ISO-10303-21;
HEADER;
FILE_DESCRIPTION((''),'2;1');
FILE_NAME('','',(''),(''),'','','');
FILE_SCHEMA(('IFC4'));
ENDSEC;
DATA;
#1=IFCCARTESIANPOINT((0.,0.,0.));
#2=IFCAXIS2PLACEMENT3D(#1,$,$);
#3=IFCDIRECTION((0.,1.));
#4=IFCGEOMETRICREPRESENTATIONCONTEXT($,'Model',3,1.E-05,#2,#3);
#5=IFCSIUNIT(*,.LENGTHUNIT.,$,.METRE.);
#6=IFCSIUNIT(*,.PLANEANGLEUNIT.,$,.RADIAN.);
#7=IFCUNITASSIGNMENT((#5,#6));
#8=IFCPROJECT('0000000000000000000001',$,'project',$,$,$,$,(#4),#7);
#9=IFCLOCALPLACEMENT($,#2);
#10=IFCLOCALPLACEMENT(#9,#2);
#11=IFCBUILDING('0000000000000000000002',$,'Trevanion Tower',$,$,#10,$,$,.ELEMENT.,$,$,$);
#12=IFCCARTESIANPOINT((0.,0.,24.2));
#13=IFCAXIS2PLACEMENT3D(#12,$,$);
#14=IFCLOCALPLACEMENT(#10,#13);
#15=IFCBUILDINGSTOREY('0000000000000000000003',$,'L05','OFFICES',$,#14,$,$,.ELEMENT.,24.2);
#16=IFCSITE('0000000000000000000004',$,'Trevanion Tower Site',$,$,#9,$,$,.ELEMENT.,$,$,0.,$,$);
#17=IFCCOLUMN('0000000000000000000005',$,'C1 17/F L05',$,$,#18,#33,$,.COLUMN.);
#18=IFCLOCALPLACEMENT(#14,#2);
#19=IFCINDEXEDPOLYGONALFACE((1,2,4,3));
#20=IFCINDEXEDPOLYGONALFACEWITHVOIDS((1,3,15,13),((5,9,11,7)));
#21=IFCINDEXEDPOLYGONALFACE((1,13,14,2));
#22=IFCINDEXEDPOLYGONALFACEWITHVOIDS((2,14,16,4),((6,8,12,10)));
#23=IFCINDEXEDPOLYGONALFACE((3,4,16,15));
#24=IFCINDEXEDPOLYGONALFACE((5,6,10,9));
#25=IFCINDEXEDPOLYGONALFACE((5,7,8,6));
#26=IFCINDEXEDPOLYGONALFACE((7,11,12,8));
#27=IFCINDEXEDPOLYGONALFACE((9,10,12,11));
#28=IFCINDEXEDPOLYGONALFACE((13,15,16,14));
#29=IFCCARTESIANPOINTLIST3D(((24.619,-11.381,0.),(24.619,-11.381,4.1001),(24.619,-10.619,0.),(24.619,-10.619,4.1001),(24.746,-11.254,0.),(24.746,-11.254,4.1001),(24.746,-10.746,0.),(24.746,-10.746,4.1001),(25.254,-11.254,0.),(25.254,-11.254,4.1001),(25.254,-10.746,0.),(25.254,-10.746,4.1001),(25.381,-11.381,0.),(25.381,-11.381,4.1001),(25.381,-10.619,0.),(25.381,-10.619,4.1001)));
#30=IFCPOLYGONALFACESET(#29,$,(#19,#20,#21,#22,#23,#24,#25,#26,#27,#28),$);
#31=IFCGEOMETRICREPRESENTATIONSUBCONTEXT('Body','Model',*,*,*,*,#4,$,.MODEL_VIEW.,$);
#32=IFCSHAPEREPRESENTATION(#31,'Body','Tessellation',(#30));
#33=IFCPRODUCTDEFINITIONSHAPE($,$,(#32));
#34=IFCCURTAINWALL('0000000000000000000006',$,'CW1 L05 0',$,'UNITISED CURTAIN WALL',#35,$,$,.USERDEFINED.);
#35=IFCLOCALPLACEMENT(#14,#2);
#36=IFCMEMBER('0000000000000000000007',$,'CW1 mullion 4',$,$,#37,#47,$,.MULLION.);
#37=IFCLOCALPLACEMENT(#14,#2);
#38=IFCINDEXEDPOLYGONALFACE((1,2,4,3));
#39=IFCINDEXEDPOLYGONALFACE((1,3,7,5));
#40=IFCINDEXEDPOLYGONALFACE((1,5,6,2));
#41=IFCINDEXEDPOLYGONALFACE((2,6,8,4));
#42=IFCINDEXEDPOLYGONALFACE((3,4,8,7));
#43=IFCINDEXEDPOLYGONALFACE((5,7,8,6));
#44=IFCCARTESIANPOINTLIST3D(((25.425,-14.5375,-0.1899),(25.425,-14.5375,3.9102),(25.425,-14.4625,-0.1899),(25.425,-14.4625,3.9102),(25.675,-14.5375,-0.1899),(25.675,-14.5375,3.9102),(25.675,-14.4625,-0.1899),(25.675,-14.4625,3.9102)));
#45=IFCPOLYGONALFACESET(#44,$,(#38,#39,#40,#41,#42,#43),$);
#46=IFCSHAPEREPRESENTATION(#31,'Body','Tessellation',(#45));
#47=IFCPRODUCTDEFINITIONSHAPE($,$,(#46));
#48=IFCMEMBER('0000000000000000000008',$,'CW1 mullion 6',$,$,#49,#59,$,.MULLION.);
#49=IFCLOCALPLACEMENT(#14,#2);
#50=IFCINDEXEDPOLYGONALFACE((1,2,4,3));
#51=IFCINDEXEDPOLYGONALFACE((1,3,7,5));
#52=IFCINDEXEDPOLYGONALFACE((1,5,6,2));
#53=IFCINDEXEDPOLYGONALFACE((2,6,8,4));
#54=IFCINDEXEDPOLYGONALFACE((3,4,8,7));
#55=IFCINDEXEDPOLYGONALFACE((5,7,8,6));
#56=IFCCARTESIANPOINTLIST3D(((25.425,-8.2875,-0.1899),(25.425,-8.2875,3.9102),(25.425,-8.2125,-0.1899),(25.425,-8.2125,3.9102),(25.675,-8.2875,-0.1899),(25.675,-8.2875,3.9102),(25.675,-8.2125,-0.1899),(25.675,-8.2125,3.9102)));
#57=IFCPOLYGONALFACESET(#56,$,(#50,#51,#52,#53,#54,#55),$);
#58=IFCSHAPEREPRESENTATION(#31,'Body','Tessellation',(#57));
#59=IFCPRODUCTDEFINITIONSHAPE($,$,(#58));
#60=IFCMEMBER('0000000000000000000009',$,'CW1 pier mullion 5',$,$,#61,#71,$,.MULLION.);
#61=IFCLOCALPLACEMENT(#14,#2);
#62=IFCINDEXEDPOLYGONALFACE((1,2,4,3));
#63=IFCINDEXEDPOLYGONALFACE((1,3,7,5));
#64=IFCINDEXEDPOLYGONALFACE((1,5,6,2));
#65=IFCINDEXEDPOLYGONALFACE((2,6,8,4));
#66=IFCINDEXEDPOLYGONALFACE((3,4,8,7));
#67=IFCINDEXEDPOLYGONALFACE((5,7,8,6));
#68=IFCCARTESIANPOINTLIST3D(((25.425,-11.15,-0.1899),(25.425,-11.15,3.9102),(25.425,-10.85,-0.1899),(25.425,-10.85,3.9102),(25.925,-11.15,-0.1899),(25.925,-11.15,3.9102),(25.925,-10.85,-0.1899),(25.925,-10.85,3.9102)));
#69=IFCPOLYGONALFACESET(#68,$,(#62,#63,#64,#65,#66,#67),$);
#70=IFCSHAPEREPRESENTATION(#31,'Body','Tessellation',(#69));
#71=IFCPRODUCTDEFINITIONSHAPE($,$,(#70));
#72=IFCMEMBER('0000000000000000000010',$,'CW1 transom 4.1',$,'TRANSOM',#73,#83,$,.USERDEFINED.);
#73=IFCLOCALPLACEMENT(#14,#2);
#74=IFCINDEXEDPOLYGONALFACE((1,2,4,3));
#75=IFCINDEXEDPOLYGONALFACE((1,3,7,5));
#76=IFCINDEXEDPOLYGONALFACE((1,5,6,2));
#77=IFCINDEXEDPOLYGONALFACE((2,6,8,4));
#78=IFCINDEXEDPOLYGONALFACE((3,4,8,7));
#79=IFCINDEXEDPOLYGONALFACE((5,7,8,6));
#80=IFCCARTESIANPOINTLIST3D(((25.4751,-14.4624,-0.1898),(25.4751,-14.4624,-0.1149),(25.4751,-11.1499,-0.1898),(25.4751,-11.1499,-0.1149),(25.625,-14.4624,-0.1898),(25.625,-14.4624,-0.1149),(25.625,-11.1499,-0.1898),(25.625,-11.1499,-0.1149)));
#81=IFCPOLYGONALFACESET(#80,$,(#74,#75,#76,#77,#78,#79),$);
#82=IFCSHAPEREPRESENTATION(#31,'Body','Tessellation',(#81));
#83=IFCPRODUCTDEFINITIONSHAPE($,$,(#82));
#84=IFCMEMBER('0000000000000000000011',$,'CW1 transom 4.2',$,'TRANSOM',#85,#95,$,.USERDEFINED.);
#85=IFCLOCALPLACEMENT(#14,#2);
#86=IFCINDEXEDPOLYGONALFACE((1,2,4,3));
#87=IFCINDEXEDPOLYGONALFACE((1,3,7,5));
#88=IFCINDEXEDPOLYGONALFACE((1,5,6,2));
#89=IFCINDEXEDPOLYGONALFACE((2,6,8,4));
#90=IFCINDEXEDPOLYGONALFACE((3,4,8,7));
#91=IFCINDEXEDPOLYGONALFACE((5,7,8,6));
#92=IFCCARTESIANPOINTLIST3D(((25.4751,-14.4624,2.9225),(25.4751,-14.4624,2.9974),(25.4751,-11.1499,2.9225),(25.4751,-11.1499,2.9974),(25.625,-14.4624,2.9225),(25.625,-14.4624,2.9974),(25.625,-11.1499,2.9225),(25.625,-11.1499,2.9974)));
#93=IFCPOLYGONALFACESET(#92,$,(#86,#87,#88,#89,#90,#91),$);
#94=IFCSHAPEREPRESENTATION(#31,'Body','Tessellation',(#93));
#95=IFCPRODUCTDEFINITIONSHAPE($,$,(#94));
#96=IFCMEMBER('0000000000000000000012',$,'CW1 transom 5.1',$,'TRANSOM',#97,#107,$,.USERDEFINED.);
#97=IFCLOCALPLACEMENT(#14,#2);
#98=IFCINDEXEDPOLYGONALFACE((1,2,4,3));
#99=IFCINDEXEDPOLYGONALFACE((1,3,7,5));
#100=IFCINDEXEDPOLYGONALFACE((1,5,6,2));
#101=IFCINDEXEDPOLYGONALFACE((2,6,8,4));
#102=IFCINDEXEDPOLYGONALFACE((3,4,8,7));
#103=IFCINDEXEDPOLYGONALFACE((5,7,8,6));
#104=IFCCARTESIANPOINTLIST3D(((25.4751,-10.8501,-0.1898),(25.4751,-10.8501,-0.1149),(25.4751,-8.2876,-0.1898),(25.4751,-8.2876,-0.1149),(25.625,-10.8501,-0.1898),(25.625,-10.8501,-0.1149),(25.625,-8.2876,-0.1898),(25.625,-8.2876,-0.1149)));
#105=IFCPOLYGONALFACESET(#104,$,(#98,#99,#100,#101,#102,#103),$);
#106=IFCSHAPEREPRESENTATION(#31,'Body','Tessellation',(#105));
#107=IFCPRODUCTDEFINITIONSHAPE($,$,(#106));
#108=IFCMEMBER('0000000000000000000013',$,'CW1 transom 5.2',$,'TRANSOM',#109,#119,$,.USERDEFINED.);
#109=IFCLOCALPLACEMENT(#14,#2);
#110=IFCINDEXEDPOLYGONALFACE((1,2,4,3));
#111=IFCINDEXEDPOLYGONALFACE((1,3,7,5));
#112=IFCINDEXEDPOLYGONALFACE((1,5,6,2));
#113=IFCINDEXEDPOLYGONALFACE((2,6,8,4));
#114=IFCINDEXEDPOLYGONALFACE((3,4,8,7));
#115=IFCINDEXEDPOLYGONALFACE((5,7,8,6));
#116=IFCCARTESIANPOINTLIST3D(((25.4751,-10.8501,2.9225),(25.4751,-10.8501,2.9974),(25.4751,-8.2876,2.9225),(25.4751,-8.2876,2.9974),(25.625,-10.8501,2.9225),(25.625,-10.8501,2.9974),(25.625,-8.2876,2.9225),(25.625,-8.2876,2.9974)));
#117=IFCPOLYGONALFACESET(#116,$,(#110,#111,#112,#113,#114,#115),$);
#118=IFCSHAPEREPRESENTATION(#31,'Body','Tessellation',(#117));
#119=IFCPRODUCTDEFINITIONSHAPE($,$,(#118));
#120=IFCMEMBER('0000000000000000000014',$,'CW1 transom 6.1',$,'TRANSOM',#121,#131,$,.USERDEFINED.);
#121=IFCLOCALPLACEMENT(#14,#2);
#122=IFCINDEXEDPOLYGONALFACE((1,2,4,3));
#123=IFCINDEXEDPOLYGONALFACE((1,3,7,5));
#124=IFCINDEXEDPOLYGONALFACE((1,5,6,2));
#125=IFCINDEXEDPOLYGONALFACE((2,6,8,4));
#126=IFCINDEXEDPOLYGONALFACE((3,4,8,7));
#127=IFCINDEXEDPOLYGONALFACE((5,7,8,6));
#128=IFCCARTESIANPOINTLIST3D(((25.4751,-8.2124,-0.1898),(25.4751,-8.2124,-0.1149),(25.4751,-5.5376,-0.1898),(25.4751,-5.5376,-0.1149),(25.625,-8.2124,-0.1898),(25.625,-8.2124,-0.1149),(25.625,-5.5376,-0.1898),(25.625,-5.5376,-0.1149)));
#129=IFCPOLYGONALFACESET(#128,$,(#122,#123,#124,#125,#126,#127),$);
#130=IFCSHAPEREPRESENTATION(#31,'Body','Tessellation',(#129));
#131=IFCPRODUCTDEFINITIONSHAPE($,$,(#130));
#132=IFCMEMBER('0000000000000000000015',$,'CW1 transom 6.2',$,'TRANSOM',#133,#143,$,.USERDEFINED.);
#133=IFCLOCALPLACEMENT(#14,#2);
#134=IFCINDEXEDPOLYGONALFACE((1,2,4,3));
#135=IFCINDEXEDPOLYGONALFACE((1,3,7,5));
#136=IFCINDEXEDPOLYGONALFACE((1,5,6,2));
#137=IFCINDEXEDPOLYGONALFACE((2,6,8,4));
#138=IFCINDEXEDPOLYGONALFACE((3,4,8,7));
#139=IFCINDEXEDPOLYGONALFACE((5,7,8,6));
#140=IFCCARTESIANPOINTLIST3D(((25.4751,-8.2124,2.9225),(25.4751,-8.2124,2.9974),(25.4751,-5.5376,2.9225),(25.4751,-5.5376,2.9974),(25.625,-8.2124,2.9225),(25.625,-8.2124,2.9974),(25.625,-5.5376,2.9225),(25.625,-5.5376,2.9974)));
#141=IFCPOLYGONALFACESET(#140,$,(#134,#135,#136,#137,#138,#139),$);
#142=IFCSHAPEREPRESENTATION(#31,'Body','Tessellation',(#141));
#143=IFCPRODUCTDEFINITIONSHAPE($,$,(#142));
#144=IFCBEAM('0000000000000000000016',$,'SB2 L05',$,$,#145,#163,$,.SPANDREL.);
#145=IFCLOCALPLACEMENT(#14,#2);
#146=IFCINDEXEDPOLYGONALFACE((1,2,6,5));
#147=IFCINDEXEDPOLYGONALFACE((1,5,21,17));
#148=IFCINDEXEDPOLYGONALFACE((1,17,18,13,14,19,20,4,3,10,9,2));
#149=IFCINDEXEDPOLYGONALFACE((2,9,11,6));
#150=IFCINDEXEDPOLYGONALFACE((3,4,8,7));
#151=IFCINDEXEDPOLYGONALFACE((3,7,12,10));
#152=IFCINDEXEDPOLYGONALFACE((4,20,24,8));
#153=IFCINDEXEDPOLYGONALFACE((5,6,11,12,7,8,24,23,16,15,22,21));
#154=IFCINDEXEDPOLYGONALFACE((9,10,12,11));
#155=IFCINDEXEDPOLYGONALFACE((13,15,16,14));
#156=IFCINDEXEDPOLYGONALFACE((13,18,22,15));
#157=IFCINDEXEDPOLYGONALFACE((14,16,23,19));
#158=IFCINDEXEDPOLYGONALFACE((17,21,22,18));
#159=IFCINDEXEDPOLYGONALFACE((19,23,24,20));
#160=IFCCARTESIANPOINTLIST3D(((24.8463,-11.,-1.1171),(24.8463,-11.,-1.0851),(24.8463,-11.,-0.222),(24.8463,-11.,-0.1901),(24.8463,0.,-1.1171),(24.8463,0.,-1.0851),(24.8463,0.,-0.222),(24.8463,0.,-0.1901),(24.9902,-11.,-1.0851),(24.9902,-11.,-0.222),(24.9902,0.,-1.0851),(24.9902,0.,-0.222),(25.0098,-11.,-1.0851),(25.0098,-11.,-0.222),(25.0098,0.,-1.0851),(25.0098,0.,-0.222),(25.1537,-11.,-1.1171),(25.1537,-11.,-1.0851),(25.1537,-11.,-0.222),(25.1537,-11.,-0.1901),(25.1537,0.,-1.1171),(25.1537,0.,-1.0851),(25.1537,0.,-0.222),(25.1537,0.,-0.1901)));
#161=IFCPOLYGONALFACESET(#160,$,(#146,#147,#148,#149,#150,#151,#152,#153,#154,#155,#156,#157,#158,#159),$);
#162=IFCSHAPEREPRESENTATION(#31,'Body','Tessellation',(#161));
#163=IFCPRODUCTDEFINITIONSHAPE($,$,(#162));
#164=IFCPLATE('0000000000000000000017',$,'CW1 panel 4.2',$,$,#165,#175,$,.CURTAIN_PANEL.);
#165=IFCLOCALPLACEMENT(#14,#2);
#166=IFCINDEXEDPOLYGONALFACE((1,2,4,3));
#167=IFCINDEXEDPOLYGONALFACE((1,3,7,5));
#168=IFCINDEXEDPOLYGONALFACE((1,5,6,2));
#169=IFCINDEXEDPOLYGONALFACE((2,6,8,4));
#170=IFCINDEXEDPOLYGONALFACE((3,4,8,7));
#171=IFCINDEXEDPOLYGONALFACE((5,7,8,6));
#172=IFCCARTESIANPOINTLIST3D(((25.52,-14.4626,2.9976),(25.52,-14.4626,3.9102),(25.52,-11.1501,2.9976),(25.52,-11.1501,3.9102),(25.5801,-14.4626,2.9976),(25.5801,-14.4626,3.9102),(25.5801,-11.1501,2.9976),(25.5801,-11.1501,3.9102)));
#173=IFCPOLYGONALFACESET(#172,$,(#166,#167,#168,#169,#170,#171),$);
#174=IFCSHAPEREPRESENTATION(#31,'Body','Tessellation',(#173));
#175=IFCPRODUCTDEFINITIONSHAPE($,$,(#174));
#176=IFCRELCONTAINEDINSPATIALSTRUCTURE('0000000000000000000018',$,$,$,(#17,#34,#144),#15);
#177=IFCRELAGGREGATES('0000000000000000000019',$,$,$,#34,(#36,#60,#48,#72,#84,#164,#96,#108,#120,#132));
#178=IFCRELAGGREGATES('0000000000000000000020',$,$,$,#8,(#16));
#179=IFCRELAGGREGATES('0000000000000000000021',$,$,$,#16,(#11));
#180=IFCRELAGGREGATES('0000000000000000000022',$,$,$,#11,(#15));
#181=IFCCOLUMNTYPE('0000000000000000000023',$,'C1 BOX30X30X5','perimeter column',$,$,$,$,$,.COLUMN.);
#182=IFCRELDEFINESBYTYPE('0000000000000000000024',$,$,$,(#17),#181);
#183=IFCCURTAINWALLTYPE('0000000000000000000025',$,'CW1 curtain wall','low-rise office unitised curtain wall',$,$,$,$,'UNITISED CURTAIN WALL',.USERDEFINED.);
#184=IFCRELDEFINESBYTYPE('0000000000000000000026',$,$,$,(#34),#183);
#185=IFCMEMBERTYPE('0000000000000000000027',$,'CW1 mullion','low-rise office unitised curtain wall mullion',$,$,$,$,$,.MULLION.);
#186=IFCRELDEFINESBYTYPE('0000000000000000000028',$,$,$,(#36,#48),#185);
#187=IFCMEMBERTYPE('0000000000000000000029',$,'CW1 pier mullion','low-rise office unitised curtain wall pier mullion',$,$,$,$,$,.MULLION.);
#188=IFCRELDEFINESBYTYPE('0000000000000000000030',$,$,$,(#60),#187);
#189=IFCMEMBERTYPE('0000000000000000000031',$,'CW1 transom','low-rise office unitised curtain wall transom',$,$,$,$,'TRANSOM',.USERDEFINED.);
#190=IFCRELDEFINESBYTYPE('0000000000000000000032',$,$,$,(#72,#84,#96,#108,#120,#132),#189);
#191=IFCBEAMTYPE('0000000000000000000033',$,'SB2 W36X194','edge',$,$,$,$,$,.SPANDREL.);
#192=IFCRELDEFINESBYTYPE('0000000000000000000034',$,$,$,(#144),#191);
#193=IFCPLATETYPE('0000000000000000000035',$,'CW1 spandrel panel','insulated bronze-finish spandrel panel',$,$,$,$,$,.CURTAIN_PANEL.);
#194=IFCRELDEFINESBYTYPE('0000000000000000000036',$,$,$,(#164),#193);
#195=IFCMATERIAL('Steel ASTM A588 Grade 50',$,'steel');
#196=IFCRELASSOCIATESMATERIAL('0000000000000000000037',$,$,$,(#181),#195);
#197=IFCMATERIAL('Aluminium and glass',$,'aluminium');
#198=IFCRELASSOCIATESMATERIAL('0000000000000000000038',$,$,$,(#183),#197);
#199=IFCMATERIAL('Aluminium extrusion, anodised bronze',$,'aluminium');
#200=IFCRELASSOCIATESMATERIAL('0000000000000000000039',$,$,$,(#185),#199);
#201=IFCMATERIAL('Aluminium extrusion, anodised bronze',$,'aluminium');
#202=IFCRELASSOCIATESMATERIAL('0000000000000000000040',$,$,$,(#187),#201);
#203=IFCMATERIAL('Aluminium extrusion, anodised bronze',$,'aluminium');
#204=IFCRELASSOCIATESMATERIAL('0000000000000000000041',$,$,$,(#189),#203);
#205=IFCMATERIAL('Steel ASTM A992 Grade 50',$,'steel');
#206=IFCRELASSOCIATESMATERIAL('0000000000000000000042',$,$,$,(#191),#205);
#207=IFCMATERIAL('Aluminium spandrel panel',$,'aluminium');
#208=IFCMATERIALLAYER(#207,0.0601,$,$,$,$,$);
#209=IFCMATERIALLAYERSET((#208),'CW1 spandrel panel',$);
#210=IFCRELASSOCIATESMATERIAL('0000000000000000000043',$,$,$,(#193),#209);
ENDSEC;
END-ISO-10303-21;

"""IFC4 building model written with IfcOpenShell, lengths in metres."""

from ifc_helpers import new_model, si_unit, direction, frame, origin, origin_2d, place, context, subcontext, project, spatial, rectangle, hollow_rectangle, i_section, extrude, material, layer, layer_set, material_profile, profile_set, type_object, element, aggregate, save


model = new_model("IFC4")

# Units and contexts
model_context = context("Model", 3, precision=1e-05, world=origin(), true_north=direction((0.0, 1.0)))
body_context = subcontext(model_context, "Body", "Model", "MODEL_VIEW")
ifc_project = project(units=[si_unit("LENGTHUNIT", "METRE"), si_unit("PLANEANGLEUNIT", "RADIAN")], contexts=[model_context])

# Site, building, storey
site_placement = place(None, origin())
site = spatial("IfcSite", under=ifc_project, at=site_placement, Name="Trevanion Tower Site", CompositionType="ELEMENT", RefElevation=0.0)
building_placement = place(site_placement, origin())
building = spatial("IfcBuilding", under=site, at=building_placement, Name="Trevanion Tower", CompositionType="ELEMENT")
storey_placement = place(building_placement, frame((0.0, 0.0, 24.2)))
storey = spatial("IfcBuildingStorey", under=building, at=storey_placement, Name="L05", Description="OFFICES", CompositionType="ELEMENT", Elevation=24.2)

# Column
ifc_material_1 = material(Name="Steel ASTM A588 Grade 50", Category="steel")
ifc_material_profile_1 = material_profile(ifc_material_1, hollow_rectangle(XDim=0.762, YDim=0.762, WallThickness=0.127, at=origin_2d()), Name="BOX30X30X5")
ifc_profile_set_1 = profile_set([ifc_material_profile_1], Name="Steel ASTM A588 Grade 50")
column_type = type_object("IfcColumnType", Name="C1 BOX30X30X5", Description="perimeter column", PredefinedType="COLUMN", material=ifc_profile_set_1)
column_placement = place(storey_placement, frame((25.0, -11.0, 0.0), z_axis=(0.0, 0.0, 1.0), x_axis=(0.0, 1.0, 0.0)))
element("IfcColumn", 1, at=column_placement, inside=storey, type_object=column_type, Name="C1 17/F L05", PredefinedType="COLUMN", context=body_context, shape_type="SweptSolid", body=[
    extrude(hollow_rectangle(XDim=0.762, YDim=0.762, WallThickness=0.127, at=origin_2d()), origin(), (0.0, 0.0, 1.0), 4.1001),
])

# Curtain wall, members
ifc_material_2 = material(Name="Aluminium and glass", Category="aluminium")
curtain_wall_type = type_object("IfcCurtainWallType", Name="CW1 curtain wall", Description="low-rise office unitised curtain wall", ElementType="UNITISED CURTAIN WALL", PredefinedType="USERDEFINED", material=ifc_material_2)
curtain_wall_placement = place(storey_placement, origin())
curtain_wall = element("IfcCurtainWall", 2, at=curtain_wall_placement, inside=storey, type_object=curtain_wall_type, Name="CW1 L05 0", ObjectType="UNITISED CURTAIN WALL", PredefinedType="USERDEFINED")
ifc_material_3 = material(Name="Aluminium extrusion, anodised bronze", Category="aluminium")
ifc_material_profile_2 = material_profile(ifc_material_3, rectangle(XDim=0.075, YDim=0.25, at=origin_2d()), Name="CW1 mullion")
ifc_profile_set_2 = profile_set([ifc_material_profile_2], Name="Aluminium extrusion, anodised bronze")
member_type_1 = type_object("IfcMemberType", Name="CW1 mullion", Description="low-rise office unitised curtain wall mullion", PredefinedType="MULLION", material=ifc_profile_set_2)
member_1_placement = place(storey_placement, frame((25.55, -14.5, -0.1899), z_axis=(0.0, 0.0, 1.0), x_axis=(0.0, 1.0, 0.0)))
member_1 = element("IfcMember", 3, at=member_1_placement, type_object=member_type_1, Name="CW1 mullion 4", PredefinedType="MULLION", context=body_context, shape_type="SweptSolid", body=[
    extrude(rectangle(XDim=0.075, YDim=0.25, at=origin_2d()), origin(), (0.0, 0.0, 1.0), 4.1001),
])
member_2_placement = place(storey_placement, frame((25.55, -8.25, -0.1899), z_axis=(0.0, 0.0, 1.0), x_axis=(0.0, 1.0, 0.0)))
member_2 = element("IfcMember", 4, at=member_2_placement, type_object=member_type_1, Name="CW1 mullion 6", PredefinedType="MULLION", context=body_context, shape_type="SweptSolid", body=[
    extrude(rectangle(XDim=0.075, YDim=0.25, at=origin_2d()), origin(), (0.0, 0.0, 1.0), 4.1001),
])
ifc_material_4 = material(Name="Aluminium extrusion, anodised bronze", Category="aluminium")
ifc_material_profile_3 = material_profile(ifc_material_4, rectangle(XDim=0.3, YDim=0.5, at=origin_2d()), Name="CW1 pier mullion")
ifc_profile_set_3 = profile_set([ifc_material_profile_3], Name="Aluminium extrusion, anodised bronze")
member_type_2 = type_object("IfcMemberType", Name="CW1 pier mullion", Description="low-rise office unitised curtain wall pier mullion", PredefinedType="MULLION", material=ifc_profile_set_3)
member_3_placement = place(storey_placement, frame((25.675, -11.0, -0.1899), z_axis=(0.0, 0.0, 1.0), x_axis=(0.0, 1.0, 0.0)))
member_3 = element("IfcMember", 5, at=member_3_placement, type_object=member_type_2, Name="CW1 pier mullion 5", PredefinedType="MULLION", context=body_context, shape_type="SweptSolid", body=[
    extrude(rectangle(XDim=0.3, YDim=0.5, at=origin_2d()), origin(), (0.0, 0.0, 1.0), 4.1001),
])
ifc_material_5 = material(Name="Aluminium extrusion, anodised bronze", Category="aluminium")
ifc_material_profile_4 = material_profile(ifc_material_5, rectangle(XDim=0.1499, YDim=0.075, at=origin_2d()), Name="CW1 transom")
ifc_profile_set_4 = profile_set([ifc_material_profile_4], Name="Aluminium extrusion, anodised bronze")
member_type_3 = type_object("IfcMemberType", Name="CW1 transom", Description="low-rise office unitised curtain wall transom", ElementType="TRANSOM", PredefinedType="USERDEFINED", material=ifc_profile_set_4)
member_4_placement = place(storey_placement, frame((25.55, -14.4624, -0.1523), z_axis=(0.0, 1.0, 0.0), x_axis=(-1.0, 0.0, 0.0)))
member_4 = element("IfcMember", 6, at=member_4_placement, type_object=member_type_3, Name="CW1 transom 4.1", ObjectType="TRANSOM", PredefinedType="USERDEFINED", context=body_context, shape_type="SweptSolid", body=[
    extrude(rectangle(XDim=0.1499, YDim=0.075, at=origin_2d()), origin(), (0.0, 0.0, 1.0), 3.3125),
])
member_5_placement = place(storey_placement, frame((25.55, -14.4624, 2.96), z_axis=(0.0, 1.0, 0.0), x_axis=(-1.0, 0.0, 0.0)))
member_5 = element("IfcMember", 7, at=member_5_placement, type_object=member_type_3, Name="CW1 transom 4.2", ObjectType="TRANSOM", PredefinedType="USERDEFINED", context=body_context, shape_type="SweptSolid", body=[
    extrude(rectangle(XDim=0.1499, YDim=0.075, at=origin_2d()), origin(), (0.0, 0.0, 1.0), 3.3125),
])
member_6_placement = place(storey_placement, frame((25.55, -10.8501, -0.1523), z_axis=(0.0, 1.0, 0.0), x_axis=(-1.0, 0.0, 0.0)))
member_6 = element("IfcMember", 8, at=member_6_placement, type_object=member_type_3, Name="CW1 transom 5.1", ObjectType="TRANSOM", PredefinedType="USERDEFINED", context=body_context, shape_type="SweptSolid", body=[
    extrude(rectangle(XDim=0.1499, YDim=0.075, at=origin_2d()), origin(), (0.0, 0.0, 1.0), 2.5625),
])
member_7_placement = place(storey_placement, frame((25.55, -10.8501, 2.96), z_axis=(0.0, 1.0, 0.0), x_axis=(-1.0, 0.0, 0.0)))
member_7 = element("IfcMember", 9, at=member_7_placement, type_object=member_type_3, Name="CW1 transom 5.2", ObjectType="TRANSOM", PredefinedType="USERDEFINED", context=body_context, shape_type="SweptSolid", body=[
    extrude(rectangle(XDim=0.1499, YDim=0.075, at=origin_2d()), origin(), (0.0, 0.0, 1.0), 2.5625),
])
member_8_placement = place(storey_placement, frame((25.55, -8.2124, -0.1523), z_axis=(0.0, 1.0, 0.0), x_axis=(-1.0, 0.0, 0.0)))
member_8 = element("IfcMember", 10, at=member_8_placement, type_object=member_type_3, Name="CW1 transom 6.1", ObjectType="TRANSOM", PredefinedType="USERDEFINED", context=body_context, shape_type="SweptSolid", body=[
    extrude(rectangle(XDim=0.1499, YDim=0.075, at=origin_2d()), origin(), (0.0, 0.0, 1.0), 2.6748),
])
member_9_placement = place(storey_placement, frame((25.55, -8.2124, 2.96), z_axis=(0.0, 1.0, 0.0), x_axis=(-1.0, 0.0, 0.0)))
member_9 = element("IfcMember", 11, at=member_9_placement, type_object=member_type_3, Name="CW1 transom 6.2", ObjectType="TRANSOM", PredefinedType="USERDEFINED", context=body_context, shape_type="SweptSolid", body=[
    extrude(rectangle(XDim=0.1499, YDim=0.075, at=origin_2d()), origin(), (0.0, 0.0, 1.0), 2.6748),
])

# Beam
ifc_material_6 = material(Name="Steel ASTM A992 Grade 50", Category="steel")
ifc_material_profile_5 = material_profile(ifc_material_6, i_section(OverallWidth=0.3074, OverallDepth=0.927, WebThickness=0.0195, FlangeThickness=0.032, at=origin_2d()), Name="W36X194")
ifc_profile_set_5 = profile_set([ifc_material_profile_5], Name="Steel ASTM A992 Grade 50")
beam_type = type_object("IfcBeamType", Name="SB2 W36X194", Description="edge", PredefinedType="SPANDREL", material=ifc_profile_set_5)
beam_placement = place(storey_placement, frame((25.0, -11.0, -0.6536), z_axis=(0.0, 1.0, 0.0), x_axis=(-1.0, 0.0, 0.0)))
element("IfcBeam", 12, at=beam_placement, inside=storey, type_object=beam_type, Name="SB2 L05", PredefinedType="SPANDREL", context=body_context, shape_type="SweptSolid", body=[
    extrude(i_section(OverallWidth=0.3074, OverallDepth=0.927, WebThickness=0.0195, FlangeThickness=0.032, at=origin_2d()), origin(), (0.0, 0.0, 1.0), 11.0),
])

# Plate
ifc_material_7 = material(Name="Aluminium spandrel panel", Category="aluminium")
ifc_layer_1 = layer(ifc_material_7, 0.0601)
ifc_layer_set_1 = layer_set([ifc_layer_1], Name="CW1 spandrel panel")
plate_type_1 = type_object("IfcPlateType", Name="CW1 spandrel panel", Description="insulated bronze-finish spandrel panel", PredefinedType="CURTAIN_PANEL", material=ifc_layer_set_1)
plate_1_placement = place(storey_placement, frame((25.55, -12.8064, 2.9976), z_axis=(0.0, 0.0, 1.0), x_axis=(0.0, 1.0, 0.0)))
plate_1 = element("IfcPlate", 13, at=plate_1_placement, type_object=plate_type_1, Name="CW1 panel 4.2", PredefinedType="CURTAIN_PANEL", context=body_context, shape_type="SweptSolid", body=[
    extrude(rectangle(XDim=3.3125, YDim=0.0601, at=origin_2d()), origin(), (0.0, 0.0, 1.0), 0.9126),
])
aggregate(curtain_wall, [member_1, member_3, member_2, member_4, member_5, plate_1, member_6, member_7, member_8, member_9])

save(model, "model.ifc")
